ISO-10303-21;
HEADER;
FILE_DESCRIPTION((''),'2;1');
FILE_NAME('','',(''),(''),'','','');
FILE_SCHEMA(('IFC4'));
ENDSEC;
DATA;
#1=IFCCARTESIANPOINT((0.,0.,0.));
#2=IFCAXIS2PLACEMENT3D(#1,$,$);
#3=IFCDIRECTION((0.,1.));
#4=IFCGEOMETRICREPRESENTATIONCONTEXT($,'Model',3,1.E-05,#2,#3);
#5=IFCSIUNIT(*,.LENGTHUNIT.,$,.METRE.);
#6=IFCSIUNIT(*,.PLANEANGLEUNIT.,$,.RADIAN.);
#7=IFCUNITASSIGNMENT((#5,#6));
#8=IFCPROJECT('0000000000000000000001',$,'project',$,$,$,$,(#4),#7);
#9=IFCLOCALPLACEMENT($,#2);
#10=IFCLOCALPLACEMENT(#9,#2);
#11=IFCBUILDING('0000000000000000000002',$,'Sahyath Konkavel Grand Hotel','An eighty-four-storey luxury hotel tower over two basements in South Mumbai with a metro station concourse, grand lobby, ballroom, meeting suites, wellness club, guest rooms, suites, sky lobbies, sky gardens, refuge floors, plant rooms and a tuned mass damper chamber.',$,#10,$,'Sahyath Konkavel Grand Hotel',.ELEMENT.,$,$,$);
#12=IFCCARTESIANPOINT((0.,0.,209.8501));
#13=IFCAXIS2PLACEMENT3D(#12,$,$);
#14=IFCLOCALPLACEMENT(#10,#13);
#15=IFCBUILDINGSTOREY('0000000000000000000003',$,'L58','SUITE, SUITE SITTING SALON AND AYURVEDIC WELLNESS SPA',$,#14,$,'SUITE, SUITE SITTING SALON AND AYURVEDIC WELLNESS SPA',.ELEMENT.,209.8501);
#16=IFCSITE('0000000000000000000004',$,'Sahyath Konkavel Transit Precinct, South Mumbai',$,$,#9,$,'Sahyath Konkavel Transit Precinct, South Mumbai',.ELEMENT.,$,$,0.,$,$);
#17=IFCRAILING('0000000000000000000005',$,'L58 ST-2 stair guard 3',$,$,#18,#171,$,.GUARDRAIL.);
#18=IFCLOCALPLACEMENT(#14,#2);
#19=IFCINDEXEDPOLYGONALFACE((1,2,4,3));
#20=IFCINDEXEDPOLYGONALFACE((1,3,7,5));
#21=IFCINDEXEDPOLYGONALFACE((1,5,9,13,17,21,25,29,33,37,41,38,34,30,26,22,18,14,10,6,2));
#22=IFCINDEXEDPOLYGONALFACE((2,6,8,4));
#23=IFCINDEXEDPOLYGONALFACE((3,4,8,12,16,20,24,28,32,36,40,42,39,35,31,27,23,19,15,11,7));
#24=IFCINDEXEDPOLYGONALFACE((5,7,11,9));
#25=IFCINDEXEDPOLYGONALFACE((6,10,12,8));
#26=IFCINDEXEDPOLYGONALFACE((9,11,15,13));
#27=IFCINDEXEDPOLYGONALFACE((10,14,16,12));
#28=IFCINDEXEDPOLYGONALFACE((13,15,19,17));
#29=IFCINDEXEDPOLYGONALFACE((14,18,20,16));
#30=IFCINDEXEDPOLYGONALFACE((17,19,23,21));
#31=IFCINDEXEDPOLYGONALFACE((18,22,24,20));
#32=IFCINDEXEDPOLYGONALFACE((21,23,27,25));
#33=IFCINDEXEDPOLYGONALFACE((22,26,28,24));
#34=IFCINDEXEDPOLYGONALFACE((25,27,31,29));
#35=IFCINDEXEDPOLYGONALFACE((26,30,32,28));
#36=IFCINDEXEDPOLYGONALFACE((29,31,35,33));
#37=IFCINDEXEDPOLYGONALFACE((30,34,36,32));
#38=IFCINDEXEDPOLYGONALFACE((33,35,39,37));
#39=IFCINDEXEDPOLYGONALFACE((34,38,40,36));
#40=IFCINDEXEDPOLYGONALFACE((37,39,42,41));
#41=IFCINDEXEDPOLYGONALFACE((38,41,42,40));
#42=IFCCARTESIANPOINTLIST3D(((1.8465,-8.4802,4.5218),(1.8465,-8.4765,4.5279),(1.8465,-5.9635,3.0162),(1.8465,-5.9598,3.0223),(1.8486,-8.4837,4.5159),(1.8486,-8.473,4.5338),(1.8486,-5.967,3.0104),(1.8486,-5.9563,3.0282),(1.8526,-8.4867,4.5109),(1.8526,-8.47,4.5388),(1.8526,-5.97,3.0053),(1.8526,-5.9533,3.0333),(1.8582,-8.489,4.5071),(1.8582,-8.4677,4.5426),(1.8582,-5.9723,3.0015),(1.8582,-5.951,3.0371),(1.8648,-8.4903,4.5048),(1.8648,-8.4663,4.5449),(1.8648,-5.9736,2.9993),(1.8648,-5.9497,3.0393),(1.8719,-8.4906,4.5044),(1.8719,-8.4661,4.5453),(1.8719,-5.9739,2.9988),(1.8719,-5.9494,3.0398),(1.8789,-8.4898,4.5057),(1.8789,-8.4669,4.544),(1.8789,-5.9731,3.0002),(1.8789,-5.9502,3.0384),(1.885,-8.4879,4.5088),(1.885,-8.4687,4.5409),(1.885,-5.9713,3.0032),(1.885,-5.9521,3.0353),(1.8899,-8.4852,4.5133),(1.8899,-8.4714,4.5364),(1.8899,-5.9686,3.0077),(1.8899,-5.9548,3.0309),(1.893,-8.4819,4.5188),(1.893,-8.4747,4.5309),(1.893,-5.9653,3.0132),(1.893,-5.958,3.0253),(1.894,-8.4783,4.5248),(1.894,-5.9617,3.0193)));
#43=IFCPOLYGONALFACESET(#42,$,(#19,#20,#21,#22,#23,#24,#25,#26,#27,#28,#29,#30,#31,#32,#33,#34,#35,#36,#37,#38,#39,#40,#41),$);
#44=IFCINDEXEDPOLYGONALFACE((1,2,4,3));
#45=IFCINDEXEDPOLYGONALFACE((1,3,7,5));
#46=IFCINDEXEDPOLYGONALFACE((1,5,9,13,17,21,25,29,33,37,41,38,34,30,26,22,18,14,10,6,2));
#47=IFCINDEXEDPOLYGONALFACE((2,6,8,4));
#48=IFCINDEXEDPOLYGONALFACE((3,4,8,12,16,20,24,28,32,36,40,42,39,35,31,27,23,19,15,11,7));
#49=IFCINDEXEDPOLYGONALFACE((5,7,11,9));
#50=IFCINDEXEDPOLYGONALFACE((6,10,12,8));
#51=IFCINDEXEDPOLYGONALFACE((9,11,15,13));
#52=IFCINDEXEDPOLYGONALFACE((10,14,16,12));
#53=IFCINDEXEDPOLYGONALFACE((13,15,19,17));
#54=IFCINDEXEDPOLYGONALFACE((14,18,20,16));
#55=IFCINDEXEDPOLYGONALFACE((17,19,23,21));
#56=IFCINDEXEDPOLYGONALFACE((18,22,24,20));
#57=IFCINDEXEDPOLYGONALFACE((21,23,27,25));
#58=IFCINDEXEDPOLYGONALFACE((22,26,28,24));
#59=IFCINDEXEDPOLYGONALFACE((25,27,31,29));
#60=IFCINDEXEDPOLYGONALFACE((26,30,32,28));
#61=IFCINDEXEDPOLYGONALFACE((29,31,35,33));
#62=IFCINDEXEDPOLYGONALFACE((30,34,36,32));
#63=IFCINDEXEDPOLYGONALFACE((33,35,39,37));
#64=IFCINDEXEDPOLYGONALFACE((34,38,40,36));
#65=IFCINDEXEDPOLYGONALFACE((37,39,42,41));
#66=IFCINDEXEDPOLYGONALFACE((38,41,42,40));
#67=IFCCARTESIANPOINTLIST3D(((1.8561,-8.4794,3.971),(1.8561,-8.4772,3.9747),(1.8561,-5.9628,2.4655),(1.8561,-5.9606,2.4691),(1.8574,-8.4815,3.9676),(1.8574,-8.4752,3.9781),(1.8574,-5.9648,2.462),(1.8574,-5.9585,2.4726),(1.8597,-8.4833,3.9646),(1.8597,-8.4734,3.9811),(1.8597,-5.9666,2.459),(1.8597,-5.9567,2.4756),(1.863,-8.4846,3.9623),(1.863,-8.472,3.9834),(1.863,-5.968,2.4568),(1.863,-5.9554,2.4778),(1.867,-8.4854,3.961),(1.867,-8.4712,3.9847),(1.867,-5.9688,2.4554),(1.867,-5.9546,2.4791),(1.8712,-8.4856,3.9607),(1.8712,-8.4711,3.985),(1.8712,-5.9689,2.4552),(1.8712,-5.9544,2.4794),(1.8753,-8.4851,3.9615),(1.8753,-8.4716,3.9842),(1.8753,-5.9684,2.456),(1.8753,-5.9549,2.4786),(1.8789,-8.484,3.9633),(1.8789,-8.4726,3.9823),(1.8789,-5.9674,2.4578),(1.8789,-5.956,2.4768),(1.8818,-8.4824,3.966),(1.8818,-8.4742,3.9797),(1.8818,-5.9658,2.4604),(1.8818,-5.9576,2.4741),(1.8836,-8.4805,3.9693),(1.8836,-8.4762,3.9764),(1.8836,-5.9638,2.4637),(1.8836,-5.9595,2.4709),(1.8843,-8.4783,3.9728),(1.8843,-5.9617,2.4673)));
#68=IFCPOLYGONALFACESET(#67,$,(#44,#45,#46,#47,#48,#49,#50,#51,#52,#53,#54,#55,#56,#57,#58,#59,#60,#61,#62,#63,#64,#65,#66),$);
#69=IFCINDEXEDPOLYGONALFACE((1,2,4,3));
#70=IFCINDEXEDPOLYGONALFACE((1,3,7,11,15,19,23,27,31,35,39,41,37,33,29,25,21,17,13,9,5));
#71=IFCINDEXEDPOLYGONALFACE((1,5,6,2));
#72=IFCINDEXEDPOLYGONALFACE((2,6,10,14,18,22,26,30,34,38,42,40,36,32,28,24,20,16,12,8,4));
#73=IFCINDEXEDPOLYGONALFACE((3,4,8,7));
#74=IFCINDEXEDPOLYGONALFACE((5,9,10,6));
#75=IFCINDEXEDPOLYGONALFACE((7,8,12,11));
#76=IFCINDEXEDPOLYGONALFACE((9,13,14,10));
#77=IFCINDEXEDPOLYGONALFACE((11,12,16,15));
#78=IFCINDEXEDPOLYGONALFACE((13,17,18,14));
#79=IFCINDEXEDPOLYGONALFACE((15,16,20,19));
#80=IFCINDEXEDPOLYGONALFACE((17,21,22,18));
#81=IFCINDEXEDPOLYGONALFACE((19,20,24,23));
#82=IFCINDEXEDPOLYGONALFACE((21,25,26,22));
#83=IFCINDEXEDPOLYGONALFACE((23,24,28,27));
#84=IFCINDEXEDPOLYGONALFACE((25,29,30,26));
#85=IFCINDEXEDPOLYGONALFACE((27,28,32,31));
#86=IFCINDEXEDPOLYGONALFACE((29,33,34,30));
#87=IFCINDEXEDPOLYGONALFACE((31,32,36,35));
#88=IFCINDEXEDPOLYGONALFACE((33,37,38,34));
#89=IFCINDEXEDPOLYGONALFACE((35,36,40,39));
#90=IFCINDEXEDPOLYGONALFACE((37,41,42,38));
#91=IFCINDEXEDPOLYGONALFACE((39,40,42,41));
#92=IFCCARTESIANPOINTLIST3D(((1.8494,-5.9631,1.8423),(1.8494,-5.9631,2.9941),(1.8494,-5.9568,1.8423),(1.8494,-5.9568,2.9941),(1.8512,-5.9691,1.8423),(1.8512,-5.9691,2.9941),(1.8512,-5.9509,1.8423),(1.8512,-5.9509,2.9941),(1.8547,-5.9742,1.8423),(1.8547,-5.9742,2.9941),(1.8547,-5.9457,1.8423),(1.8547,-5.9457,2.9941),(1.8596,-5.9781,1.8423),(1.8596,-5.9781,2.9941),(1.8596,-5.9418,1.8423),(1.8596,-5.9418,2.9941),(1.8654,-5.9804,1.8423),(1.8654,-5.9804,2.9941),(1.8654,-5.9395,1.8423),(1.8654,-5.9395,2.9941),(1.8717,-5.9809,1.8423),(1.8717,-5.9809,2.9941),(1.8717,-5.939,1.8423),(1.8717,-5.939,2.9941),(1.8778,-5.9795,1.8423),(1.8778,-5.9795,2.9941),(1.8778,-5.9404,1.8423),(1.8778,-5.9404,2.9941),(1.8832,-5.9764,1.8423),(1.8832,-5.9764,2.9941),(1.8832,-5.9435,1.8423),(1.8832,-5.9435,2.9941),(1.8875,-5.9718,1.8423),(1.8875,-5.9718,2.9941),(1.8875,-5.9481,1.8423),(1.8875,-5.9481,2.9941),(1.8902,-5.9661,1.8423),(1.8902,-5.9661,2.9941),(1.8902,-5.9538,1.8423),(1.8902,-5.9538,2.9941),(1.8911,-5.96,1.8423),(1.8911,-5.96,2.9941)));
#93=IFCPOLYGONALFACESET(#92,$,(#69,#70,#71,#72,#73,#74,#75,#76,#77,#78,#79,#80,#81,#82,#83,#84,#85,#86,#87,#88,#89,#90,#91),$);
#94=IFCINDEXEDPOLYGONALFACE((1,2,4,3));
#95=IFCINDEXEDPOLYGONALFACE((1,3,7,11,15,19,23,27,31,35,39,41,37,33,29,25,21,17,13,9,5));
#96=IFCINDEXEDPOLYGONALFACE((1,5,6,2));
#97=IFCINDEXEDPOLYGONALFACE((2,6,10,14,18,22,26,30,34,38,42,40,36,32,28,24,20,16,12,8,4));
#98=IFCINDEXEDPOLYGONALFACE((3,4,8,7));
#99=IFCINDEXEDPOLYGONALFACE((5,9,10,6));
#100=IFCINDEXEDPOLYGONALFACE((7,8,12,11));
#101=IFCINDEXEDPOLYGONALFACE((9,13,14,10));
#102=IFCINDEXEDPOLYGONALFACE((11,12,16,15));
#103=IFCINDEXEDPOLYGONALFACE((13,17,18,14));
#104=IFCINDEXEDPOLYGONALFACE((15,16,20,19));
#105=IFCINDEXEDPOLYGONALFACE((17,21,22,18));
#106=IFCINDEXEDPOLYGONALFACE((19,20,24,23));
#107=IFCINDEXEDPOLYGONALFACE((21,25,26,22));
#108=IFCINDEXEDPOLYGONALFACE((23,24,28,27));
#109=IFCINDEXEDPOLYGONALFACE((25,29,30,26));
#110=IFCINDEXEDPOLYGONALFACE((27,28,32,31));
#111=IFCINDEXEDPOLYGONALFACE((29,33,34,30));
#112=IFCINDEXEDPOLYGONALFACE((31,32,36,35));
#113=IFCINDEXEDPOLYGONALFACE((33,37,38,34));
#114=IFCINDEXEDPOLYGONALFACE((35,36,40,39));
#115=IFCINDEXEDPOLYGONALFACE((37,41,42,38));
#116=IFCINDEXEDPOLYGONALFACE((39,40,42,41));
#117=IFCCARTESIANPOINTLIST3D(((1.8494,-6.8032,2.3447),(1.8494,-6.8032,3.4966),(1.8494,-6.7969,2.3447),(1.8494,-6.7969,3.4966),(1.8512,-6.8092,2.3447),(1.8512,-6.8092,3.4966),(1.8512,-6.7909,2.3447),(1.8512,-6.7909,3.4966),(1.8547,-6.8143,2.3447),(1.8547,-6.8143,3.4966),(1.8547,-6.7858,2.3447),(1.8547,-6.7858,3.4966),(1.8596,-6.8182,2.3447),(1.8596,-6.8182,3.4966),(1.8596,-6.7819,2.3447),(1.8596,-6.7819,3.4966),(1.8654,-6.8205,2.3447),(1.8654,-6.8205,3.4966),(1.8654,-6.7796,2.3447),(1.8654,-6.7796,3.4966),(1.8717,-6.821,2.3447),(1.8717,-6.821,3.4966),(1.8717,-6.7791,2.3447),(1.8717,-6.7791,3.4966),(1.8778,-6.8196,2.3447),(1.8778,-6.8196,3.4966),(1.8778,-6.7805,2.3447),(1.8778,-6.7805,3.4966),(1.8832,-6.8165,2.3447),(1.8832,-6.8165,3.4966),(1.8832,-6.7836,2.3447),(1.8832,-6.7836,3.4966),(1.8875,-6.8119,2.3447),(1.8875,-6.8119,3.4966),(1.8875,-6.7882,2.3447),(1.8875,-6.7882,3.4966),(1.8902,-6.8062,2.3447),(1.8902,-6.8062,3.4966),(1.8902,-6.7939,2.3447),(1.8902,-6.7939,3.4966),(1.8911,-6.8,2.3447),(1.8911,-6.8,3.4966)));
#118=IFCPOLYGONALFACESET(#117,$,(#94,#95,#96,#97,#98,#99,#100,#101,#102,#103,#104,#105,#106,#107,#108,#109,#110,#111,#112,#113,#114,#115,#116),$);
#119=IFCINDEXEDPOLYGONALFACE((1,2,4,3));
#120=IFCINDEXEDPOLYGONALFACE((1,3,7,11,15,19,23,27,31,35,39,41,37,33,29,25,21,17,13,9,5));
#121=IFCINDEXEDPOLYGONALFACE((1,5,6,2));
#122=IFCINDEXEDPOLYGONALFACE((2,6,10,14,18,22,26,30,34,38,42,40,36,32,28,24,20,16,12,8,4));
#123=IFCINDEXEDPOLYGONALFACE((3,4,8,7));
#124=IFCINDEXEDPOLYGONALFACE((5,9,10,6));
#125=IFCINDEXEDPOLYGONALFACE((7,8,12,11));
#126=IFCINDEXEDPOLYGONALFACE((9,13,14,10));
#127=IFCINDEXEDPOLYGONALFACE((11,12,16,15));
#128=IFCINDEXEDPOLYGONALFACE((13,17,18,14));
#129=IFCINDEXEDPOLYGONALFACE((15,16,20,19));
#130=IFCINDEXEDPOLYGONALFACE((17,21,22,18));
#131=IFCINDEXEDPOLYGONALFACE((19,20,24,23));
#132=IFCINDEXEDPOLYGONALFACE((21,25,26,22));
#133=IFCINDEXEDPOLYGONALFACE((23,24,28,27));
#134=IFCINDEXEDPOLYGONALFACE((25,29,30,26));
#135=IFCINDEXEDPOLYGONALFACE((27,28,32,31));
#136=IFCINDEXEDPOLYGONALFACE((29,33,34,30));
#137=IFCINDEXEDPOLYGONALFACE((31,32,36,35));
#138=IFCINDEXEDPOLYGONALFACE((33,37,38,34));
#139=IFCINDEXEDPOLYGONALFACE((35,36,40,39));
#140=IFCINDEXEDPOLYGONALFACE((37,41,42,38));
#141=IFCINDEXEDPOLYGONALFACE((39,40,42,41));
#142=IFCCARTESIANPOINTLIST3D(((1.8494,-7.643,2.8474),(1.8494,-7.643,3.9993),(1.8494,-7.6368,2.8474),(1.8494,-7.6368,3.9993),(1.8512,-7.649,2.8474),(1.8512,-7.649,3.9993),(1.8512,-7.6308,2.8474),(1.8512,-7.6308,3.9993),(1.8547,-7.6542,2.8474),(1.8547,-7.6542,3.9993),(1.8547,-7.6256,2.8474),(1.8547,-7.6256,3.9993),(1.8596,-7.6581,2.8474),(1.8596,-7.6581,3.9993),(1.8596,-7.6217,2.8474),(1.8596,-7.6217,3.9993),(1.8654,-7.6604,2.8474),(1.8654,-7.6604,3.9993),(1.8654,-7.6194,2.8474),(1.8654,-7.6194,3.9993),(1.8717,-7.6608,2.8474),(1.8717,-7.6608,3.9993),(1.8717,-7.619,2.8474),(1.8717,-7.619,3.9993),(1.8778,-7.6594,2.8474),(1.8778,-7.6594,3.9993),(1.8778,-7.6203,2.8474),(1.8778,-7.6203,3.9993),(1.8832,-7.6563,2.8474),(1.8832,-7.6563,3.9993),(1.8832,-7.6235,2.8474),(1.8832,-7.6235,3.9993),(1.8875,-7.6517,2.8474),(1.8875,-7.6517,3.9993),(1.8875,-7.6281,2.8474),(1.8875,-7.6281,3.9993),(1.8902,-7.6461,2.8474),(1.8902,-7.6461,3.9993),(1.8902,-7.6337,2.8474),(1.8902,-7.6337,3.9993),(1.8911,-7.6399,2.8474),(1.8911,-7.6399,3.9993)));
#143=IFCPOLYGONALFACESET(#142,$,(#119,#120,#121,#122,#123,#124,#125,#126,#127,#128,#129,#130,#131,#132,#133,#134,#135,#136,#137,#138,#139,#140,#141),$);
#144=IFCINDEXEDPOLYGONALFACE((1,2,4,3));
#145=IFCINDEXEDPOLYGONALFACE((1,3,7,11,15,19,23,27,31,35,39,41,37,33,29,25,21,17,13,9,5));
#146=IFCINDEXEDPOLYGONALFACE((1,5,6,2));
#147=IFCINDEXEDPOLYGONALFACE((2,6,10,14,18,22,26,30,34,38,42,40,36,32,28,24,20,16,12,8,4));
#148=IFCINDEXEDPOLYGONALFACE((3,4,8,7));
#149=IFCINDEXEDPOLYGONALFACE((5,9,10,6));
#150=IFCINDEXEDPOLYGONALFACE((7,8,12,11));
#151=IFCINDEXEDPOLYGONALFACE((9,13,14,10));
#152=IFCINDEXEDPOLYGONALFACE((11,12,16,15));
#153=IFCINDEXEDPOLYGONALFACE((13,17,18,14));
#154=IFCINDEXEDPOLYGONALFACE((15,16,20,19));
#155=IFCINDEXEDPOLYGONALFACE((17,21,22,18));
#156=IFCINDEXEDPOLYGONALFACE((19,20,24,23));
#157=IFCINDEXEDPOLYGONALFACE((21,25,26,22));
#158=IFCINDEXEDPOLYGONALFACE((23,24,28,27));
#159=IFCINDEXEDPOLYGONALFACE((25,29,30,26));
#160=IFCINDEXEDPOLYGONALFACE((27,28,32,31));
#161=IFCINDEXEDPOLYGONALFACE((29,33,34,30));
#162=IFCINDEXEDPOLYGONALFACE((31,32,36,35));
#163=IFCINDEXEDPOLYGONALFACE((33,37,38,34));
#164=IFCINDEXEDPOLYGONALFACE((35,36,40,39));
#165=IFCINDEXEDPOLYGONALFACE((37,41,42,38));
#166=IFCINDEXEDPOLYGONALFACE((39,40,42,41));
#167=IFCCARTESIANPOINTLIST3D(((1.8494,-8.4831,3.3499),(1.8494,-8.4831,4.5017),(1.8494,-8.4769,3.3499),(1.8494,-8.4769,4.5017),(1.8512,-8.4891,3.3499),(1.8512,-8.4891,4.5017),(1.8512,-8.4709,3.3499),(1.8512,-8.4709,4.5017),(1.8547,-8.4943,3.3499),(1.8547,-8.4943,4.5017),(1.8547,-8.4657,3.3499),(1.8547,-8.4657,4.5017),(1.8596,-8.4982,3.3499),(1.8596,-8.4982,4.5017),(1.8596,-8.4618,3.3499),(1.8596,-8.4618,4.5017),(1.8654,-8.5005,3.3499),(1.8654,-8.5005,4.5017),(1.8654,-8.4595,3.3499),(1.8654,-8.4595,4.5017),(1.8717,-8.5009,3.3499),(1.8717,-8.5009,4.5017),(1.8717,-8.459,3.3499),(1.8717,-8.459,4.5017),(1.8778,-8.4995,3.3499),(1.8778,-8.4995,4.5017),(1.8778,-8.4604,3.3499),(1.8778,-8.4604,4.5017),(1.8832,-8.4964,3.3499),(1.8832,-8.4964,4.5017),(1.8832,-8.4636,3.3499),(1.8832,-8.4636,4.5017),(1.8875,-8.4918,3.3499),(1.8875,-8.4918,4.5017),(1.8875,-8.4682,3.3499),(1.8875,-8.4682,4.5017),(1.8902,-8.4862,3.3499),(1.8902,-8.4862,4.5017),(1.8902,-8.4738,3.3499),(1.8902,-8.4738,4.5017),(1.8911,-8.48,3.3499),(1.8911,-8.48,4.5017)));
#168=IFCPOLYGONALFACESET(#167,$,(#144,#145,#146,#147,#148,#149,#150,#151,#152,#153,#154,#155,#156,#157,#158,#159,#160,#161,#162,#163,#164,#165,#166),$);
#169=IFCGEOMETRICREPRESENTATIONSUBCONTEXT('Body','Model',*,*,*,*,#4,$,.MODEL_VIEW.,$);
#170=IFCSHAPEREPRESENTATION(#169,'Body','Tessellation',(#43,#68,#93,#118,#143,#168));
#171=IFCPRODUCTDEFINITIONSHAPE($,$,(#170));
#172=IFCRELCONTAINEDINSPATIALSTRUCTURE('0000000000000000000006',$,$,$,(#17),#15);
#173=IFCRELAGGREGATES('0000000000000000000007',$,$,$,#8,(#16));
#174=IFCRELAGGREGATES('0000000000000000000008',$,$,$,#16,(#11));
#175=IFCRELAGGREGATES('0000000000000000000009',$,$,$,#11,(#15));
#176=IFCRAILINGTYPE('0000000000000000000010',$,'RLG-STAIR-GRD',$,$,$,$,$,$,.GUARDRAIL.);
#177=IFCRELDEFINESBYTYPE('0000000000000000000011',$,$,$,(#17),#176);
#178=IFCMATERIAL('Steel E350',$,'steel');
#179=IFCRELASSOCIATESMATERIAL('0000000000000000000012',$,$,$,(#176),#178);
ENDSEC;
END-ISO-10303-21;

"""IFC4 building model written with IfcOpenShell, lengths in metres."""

from ifc_helpers import new_model, si_unit, direction, frame, origin, origin_2d, place, context, subcontext, project, spatial, circle, extrude, material, type_object, element, save


model = new_model("IFC4")

# Units and contexts
model_context = context("Model", 3, precision=1e-05, world=origin(), true_north=direction((0.0, 1.0)))
body_context = subcontext(model_context, "Body", "Model", "MODEL_VIEW")
ifc_project = project(units=[si_unit("LENGTHUNIT", "METRE"), si_unit("PLANEANGLEUNIT", "RADIAN")], contexts=[model_context])

# Site, building, storey
site_placement = place(None, origin())
site = spatial("IfcSite", under=ifc_project, at=site_placement, Name="Sahyath Konkavel Transit Precinct, South Mumbai", LongName="Sahyath Konkavel Transit Precinct, South Mumbai", CompositionType="ELEMENT", RefElevation=0.0)
building_placement = place(site_placement, origin())
building = spatial("IfcBuilding", under=site, at=building_placement, Name="Sahyath Konkavel Grand Hotel", Description="An eighty-four-storey luxury hotel tower over two basements in South Mumbai with a metro station concourse, grand lobby, ballroom, meeting suites, wellness club, guest rooms, suites, sky lobbies, sky gardens, refuge floors, plant rooms and a tuned mass damper chamber.", LongName="Sahyath Konkavel Grand Hotel", CompositionType="ELEMENT")
storey_placement = place(building_placement, frame((0.0, 0.0, 209.8501)))
storey = spatial("IfcBuildingStorey", under=building, at=storey_placement, Name="L58", Description="SUITE, SUITE SITTING SALON AND AYURVEDIC WELLNESS SPA", LongName="SUITE, SUITE SITTING SALON AND AYURVEDIC WELLNESS SPA", CompositionType="ELEMENT", Elevation=209.8501)

# Shared definitions
ifc_material_1 = material(Name="Steel E350", Category="steel")

# Railing
railing_type_1 = type_object("IfcRailingType", Name="RLG-STAIR-GRD", PredefinedType="GUARDRAIL", material=ifc_material_1)
railing_1_placement = place(storey_placement, frame((1.8701, -5.96, 1.8423)))
element("IfcRailing", 1, at=railing_1_placement, inside=storey, type_object=railing_type_1, Name="L58 ST-2 stair guard 3", PredefinedType="GUARDRAIL", context=body_context, shape_type="SweptSolid", body=[
    extrude(circle(Radius=0.0239, at=origin_2d()), frame((0.0, -0.0017, 1.177), z_axis=(0.0, -0.85816, 0.513383), x_axis=(1.0, 0.0, 0.0)), (0.0, 0.0, 1.0), 2.9326),
    extrude(circle(Radius=0.0142, at=origin_2d()), frame((0.0, -0.0017, 0.625), z_axis=(0.0, -0.85816, 0.513383), x_axis=(1.0, 0.0, 0.0)), (0.0, 0.0, 1.0), 2.9326),
    extrude(circle(Radius=0.021, at=origin_2d()), origin(), (0.0, 0.0, 1.0), 1.1519),
    extrude(circle(Radius=0.021, at=origin_2d()), frame((0.0, -0.8401, 0.5024)), (0.0, 0.0, 1.0), 1.1519),
    extrude(circle(Radius=0.021, at=origin_2d()), frame((0.0, -1.6799, 1.0051)), (0.0, 0.0, 1.0), 1.1519),
    extrude(circle(Radius=0.021, at=origin_2d()), frame((0.0, -2.52, 1.5076)), (0.0, 0.0, 1.0), 1.1519),
])

save(model, "model.ifc")
